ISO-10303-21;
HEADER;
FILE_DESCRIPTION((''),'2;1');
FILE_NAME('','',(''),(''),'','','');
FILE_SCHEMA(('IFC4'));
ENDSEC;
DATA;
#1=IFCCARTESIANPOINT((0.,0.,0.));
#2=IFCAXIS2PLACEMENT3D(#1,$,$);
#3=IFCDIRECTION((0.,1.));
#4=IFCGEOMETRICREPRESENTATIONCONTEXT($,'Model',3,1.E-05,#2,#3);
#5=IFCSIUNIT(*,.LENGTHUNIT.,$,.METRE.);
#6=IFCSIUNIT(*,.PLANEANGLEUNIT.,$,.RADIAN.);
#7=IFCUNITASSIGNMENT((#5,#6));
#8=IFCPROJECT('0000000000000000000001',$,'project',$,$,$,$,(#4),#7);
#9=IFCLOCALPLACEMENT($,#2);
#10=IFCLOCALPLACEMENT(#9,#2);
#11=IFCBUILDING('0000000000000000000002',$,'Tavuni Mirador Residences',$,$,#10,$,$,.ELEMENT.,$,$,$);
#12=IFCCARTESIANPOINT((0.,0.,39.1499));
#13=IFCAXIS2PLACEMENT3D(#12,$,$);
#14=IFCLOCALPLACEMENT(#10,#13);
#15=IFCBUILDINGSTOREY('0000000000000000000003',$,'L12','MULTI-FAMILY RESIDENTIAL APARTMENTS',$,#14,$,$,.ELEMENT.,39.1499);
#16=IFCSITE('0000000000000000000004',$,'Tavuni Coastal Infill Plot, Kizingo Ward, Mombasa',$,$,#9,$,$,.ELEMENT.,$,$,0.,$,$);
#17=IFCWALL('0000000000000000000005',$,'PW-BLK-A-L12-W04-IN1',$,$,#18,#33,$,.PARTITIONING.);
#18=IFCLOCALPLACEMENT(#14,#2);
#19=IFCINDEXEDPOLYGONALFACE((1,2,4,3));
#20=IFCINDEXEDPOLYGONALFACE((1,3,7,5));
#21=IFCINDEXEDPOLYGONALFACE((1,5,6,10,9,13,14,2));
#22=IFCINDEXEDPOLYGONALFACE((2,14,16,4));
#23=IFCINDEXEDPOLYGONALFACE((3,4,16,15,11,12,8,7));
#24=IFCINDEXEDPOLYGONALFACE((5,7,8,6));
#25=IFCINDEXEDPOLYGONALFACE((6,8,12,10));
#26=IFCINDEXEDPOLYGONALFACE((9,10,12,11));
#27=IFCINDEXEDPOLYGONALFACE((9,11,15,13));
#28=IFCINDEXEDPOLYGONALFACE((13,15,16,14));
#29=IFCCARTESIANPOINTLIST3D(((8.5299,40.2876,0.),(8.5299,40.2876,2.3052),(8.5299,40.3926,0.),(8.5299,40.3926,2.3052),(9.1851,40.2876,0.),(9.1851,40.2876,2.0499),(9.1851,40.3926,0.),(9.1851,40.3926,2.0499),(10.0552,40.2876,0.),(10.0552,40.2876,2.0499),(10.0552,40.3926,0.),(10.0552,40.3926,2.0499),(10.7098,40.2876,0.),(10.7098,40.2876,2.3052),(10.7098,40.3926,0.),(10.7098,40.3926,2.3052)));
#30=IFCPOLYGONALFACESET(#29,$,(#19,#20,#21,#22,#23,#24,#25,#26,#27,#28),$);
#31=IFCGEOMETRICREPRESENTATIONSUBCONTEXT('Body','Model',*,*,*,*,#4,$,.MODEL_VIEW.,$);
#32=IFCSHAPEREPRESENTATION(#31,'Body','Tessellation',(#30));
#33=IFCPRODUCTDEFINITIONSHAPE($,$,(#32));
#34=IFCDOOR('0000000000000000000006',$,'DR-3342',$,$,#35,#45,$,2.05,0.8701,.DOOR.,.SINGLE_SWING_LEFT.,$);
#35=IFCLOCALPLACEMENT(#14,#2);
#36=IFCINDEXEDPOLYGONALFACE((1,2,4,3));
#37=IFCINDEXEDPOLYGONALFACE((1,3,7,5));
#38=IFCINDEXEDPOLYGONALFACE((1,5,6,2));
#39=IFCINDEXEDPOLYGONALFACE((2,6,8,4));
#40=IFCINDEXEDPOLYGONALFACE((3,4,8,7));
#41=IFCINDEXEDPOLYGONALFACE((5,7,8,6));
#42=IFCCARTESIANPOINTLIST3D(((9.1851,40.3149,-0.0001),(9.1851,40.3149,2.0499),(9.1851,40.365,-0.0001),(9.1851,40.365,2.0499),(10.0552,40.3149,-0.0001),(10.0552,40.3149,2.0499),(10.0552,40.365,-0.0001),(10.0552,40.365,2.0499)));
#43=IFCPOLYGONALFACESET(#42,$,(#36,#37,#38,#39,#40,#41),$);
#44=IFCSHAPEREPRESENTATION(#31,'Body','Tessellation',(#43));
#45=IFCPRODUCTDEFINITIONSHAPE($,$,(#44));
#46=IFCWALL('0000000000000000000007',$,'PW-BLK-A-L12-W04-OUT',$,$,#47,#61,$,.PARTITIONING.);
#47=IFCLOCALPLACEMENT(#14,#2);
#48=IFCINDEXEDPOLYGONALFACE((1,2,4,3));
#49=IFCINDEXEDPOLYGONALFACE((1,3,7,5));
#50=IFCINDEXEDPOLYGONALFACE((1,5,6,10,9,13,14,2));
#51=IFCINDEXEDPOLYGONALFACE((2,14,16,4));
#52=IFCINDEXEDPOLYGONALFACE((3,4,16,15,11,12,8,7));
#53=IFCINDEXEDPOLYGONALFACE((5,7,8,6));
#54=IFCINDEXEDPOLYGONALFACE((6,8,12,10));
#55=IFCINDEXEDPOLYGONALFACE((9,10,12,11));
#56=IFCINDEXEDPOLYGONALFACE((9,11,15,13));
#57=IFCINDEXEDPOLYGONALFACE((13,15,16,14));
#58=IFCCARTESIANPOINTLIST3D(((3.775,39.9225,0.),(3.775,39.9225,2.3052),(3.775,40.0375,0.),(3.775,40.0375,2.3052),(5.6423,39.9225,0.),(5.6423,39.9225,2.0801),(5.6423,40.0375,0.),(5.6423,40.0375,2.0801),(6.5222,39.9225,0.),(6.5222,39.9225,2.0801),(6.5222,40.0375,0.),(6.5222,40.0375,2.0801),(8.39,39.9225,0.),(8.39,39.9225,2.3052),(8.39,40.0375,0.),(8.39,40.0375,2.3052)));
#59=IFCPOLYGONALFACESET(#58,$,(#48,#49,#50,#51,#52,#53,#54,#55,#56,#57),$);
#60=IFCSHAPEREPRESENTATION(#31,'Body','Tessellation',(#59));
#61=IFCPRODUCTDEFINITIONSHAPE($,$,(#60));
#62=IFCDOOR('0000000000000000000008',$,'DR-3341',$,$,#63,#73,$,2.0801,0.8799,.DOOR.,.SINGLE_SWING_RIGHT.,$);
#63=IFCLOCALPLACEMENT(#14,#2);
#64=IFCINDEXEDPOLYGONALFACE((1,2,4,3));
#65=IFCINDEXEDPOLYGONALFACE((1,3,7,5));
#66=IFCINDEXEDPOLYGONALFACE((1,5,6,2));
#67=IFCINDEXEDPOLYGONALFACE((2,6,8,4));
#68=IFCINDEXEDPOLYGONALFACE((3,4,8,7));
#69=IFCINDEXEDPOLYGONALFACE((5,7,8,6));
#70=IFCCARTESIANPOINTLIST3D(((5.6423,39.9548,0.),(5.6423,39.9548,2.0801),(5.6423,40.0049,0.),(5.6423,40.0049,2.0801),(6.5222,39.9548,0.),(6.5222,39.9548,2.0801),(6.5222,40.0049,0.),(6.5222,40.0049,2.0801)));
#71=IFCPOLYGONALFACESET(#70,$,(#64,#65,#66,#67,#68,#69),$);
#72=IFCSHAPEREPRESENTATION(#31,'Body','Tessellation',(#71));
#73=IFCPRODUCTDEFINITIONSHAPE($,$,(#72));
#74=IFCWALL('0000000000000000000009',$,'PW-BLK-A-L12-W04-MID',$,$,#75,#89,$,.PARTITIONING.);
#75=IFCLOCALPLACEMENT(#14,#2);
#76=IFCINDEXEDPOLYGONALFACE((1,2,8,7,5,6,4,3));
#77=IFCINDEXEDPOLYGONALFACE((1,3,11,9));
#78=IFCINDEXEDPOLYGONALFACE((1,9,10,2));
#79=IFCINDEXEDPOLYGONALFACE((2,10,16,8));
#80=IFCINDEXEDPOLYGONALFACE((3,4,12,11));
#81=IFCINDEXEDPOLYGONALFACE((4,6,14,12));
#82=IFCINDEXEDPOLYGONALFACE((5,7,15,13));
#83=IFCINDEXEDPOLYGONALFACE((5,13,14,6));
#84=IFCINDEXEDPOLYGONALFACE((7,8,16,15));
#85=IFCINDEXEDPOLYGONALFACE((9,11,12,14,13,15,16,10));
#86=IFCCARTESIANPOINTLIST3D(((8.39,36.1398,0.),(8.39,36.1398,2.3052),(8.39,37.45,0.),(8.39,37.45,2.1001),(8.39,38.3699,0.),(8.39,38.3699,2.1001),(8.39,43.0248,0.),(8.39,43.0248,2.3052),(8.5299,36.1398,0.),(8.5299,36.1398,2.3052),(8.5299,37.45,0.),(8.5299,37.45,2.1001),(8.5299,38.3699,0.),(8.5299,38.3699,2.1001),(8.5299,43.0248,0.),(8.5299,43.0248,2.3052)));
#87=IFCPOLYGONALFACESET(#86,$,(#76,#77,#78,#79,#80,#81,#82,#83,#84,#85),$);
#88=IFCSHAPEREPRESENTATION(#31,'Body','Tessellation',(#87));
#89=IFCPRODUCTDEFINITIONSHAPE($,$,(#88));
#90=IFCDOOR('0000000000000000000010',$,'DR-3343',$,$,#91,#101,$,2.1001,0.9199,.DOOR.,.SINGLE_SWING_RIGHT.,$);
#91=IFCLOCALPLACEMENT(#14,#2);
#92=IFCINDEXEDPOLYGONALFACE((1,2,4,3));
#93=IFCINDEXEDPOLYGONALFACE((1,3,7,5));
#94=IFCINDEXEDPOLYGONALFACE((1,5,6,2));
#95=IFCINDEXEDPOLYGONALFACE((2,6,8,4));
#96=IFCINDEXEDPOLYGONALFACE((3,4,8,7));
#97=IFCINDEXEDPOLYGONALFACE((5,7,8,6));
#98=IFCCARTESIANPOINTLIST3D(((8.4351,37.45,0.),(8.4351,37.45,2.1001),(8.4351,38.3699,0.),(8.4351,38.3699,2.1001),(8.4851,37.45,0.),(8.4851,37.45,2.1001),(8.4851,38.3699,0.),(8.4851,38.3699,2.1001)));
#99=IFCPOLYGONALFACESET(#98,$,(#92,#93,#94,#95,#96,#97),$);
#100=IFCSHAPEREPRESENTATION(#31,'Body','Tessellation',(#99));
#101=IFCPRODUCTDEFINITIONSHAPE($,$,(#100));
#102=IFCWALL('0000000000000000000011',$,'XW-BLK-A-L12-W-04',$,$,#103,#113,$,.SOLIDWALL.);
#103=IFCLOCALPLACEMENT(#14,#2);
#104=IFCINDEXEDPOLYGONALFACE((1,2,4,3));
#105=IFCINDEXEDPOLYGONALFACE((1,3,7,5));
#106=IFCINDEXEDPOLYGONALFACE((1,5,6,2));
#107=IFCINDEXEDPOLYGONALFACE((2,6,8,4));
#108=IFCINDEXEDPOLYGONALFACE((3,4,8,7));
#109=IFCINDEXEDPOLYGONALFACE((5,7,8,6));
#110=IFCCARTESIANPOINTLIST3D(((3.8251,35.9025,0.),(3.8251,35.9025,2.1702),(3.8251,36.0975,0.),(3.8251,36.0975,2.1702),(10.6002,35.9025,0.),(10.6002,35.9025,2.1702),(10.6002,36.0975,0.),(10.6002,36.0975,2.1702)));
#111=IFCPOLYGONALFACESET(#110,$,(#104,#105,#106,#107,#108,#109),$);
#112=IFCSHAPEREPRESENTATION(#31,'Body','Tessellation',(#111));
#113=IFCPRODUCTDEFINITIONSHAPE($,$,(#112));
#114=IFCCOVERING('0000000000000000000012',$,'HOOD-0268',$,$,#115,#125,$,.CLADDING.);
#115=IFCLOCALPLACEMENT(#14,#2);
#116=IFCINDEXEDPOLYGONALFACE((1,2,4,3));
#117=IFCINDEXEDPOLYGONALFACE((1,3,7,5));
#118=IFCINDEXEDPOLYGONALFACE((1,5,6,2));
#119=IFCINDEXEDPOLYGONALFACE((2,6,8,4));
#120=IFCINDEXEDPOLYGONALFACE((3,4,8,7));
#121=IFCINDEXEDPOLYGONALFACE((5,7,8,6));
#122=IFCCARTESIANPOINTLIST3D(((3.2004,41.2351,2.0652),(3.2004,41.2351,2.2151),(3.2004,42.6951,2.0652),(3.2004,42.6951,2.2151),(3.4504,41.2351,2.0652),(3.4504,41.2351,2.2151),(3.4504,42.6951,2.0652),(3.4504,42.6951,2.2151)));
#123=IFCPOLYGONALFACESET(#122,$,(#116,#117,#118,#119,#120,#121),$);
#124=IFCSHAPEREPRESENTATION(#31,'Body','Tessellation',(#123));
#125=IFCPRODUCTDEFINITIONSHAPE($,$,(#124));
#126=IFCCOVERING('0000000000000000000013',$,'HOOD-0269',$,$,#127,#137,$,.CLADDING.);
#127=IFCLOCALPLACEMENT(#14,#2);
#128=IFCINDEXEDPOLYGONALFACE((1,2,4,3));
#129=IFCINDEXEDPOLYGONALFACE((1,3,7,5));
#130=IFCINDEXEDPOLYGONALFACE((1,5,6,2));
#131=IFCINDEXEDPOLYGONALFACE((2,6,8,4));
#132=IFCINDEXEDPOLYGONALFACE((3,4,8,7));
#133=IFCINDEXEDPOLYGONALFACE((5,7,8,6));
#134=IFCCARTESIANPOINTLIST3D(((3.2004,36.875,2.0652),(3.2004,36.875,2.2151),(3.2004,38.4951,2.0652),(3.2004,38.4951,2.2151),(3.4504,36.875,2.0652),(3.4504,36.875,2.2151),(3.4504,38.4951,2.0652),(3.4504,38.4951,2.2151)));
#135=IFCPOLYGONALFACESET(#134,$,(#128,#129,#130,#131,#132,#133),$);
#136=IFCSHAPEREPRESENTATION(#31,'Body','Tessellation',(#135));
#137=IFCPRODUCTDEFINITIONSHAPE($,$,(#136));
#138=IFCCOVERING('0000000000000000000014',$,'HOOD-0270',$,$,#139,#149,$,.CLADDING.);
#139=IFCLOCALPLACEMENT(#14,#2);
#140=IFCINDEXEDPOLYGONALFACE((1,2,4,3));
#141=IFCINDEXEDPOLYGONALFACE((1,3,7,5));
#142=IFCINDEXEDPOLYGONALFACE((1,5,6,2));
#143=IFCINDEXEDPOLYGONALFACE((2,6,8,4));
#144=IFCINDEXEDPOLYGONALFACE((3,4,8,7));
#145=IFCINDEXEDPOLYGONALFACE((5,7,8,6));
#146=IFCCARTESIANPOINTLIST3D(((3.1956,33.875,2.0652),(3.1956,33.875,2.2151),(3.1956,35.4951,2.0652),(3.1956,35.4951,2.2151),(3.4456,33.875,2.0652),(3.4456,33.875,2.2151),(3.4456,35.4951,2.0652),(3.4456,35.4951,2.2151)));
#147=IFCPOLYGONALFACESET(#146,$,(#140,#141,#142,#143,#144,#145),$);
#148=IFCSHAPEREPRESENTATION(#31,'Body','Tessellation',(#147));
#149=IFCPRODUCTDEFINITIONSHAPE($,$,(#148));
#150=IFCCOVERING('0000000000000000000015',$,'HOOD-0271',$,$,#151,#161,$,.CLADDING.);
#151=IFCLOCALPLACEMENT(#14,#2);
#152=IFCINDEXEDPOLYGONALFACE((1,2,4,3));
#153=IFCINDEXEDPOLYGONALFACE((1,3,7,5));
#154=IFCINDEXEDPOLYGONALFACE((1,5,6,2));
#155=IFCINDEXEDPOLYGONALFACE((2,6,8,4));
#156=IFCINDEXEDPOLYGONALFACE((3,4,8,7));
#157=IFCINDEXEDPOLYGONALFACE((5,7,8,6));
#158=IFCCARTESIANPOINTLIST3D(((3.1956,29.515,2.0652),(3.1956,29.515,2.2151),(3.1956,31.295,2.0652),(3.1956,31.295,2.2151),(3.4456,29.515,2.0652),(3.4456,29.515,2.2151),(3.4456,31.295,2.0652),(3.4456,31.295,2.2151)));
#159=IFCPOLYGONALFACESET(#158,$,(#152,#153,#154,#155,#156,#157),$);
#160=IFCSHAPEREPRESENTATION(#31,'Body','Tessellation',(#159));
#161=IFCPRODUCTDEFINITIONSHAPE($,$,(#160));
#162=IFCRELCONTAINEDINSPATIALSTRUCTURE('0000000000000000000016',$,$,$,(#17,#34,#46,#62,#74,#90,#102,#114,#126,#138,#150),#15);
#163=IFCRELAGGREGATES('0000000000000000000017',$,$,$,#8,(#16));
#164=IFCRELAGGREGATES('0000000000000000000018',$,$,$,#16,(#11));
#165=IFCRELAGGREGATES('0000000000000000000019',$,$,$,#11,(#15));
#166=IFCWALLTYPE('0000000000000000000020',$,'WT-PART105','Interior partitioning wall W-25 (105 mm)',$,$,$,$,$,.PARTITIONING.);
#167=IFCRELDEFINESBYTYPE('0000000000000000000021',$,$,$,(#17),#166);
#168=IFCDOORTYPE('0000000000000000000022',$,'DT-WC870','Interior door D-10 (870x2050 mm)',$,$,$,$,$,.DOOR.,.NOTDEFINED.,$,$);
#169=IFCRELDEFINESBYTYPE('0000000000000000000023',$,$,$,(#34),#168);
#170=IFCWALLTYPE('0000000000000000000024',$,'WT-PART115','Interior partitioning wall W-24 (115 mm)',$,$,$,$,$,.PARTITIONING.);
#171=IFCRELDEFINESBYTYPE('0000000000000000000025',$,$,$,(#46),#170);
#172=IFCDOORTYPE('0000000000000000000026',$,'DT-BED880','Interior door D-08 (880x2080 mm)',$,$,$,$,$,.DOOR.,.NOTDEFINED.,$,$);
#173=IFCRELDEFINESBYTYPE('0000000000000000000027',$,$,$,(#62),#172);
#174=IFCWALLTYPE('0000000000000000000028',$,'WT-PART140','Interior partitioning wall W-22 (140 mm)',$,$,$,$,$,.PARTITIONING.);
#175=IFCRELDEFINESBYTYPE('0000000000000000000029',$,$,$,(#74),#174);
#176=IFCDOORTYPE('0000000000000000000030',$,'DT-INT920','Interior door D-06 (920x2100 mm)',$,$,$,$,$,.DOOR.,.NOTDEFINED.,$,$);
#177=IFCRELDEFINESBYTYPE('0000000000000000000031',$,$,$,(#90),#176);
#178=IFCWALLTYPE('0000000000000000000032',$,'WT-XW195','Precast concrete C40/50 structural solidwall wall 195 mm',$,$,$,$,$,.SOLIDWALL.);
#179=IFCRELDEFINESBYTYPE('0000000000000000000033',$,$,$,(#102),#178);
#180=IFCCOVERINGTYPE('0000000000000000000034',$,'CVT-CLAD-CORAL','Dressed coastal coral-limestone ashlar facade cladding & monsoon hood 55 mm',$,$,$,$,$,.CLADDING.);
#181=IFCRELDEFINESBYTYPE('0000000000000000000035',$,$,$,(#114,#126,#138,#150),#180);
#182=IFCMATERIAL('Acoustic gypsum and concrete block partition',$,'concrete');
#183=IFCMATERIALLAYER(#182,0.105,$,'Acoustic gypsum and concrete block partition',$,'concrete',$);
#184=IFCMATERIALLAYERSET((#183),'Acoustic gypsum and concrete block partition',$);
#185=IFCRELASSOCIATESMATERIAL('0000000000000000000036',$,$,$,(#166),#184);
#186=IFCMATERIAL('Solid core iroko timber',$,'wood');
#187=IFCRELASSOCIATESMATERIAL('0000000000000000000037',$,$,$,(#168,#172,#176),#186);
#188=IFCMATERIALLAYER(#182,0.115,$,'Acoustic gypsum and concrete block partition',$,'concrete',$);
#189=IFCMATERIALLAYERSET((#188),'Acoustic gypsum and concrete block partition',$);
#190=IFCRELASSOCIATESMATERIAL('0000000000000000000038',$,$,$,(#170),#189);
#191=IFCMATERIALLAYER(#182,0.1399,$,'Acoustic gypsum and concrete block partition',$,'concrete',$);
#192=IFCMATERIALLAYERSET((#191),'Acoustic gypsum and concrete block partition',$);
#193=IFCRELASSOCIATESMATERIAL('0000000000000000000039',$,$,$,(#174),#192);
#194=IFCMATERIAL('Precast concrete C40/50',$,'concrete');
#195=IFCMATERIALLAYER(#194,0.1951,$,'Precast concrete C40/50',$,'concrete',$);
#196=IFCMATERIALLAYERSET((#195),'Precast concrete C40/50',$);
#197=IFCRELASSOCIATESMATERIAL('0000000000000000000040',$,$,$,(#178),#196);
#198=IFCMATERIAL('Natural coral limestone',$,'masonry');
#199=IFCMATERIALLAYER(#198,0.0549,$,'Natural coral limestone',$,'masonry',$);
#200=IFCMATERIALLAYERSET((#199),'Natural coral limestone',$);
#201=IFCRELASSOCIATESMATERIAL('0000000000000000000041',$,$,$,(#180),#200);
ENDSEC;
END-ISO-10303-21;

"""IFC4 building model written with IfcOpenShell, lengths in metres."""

from ifc_helpers import new_model, si_unit, direction, frame, frame_2d, origin, origin_2d, place, context, subcontext, project, spatial, rectangle, extrude, material, layer, layer_set, type_object, element, fill, save


model = new_model("IFC4")

# Units and contexts
model_context = context("Model", 3, precision=1e-05, world=origin(), true_north=direction((0.0, 1.0)))
body_context = subcontext(model_context, "Body", "Model", "MODEL_VIEW")
ifc_project = project(units=[si_unit("LENGTHUNIT", "METRE"), si_unit("PLANEANGLEUNIT", "RADIAN")], contexts=[model_context])

# Site, building, storey
site_placement = place(None, origin())
site = spatial("IfcSite", under=ifc_project, at=site_placement, Name="Tavuni Coastal Infill Plot, Kizingo Ward, Mombasa", CompositionType="ELEMENT", RefElevation=0.0)
building_placement = place(site_placement, origin())
building = spatial("IfcBuilding", under=site, at=building_placement, Name="Tavuni Mirador Residences", CompositionType="ELEMENT")
storey_placement = place(building_placement, frame((0.0, 0.0, 39.1499)))
storey = spatial("IfcBuildingStorey", under=building, at=storey_placement, Name="L12", Description="MULTI-FAMILY RESIDENTIAL APARTMENTS", CompositionType="ELEMENT", Elevation=39.1499)

# Shared definitions
ifc_material_1 = material(Name="Precast concrete C40/50", Category="concrete")

# Shared definitions
ifc_material_2 = material(Name="Acoustic gypsum and concrete block partition", Category="concrete")
ifc_layer_1 = layer(ifc_material_2, 0.105, Name="Acoustic gypsum and concrete block partition", Category="concrete")
ifc_layer_set_1 = layer_set([ifc_layer_1], Name="Acoustic gypsum and concrete block partition")
wall_type_1 = type_object("IfcWallType", Name="WT-PART105", Description="Interior partitioning wall W-25 (105 mm)", PredefinedType="PARTITIONING", material=ifc_layer_set_1)

# Walls, openings, doors
wall_1_placement = place(storey_placement, frame((8.53, 40.3401, 0.0), z_axis=(0.0, 0.0, 1.0), x_axis=(1.0, 0.0, 0.0)))
wall_1 = element("IfcWall", 1, at=wall_1_placement, inside=storey, type_object=wall_type_1, Name="PW-BLK-A-L12-W04-IN1", PredefinedType="PARTITIONING", context=body_context, shape_type="SweptSolid", body=[
    extrude(rectangle(XDim=2.1799, YDim=0.105, at=frame_2d((1.0898, 0.0))), origin(), (0.0, 0.0, 1.0), 2.3052),
])
opening_1_placement = place(wall_1_placement, frame((0.655, 0.0, 0.0)))
opening_1 = element("IfcOpeningElement", 2, at=opening_1_placement, cuts=wall_1, PredefinedType="OPENING", context=body_context, shape_type="SweptSolid", body=[
    extrude(rectangle(XDim=0.8701, YDim=2.05, at=frame_2d((0.4351, 1.0249))), frame((0.0, 0.0625, 0.0), z_axis=(0.0, -1.0, 0.0), x_axis=(1.0, 0.0, 0.0)), (0.0, 0.0, 1.0), 0.125),
])
ifc_material_3 = material(Name="Solid core iroko timber", Category="wood")
door_type_1 = type_object("IfcDoorType", Name="DT-WC870", Description="Interior door D-10 (870x2050 mm)", OperationType="NOTDEFINED", PredefinedType="DOOR", material=ifc_material_3)
door_1_placement = place(opening_1_placement, origin())
door_1 = element("IfcDoor", 3, at=door_1_placement, inside=storey, type_object=door_type_1, Name="DR-3342", OperationType="SINGLE_SWING_LEFT", OverallHeight=2.05, OverallWidth=0.8701, PredefinedType="DOOR", context=body_context, shape_type="SweptSolid", body=[
    extrude(rectangle(XDim=0.8701, YDim=2.05, at=frame_2d((0.4351, 1.0249))), frame((0.0, 0.0249, 0.0), z_axis=(0.0, -1.0, 0.0), x_axis=(1.0, 0.0, 0.0)), (0.0, 0.0, 1.0), 0.05),
])
fill(opening_1, door_1)
ifc_layer_2 = layer(ifc_material_2, 0.115, Name="Acoustic gypsum and concrete block partition", Category="concrete")
ifc_layer_set_2 = layer_set([ifc_layer_2], Name="Acoustic gypsum and concrete block partition")
wall_type_2 = type_object("IfcWallType", Name="WT-PART115", Description="Interior partitioning wall W-24 (115 mm)", PredefinedType="PARTITIONING", material=ifc_layer_set_2)
wall_2_placement = place(storey_placement, frame((3.7749, 39.98, 0.0), z_axis=(0.0, 0.0, 1.0), x_axis=(1.0, 0.0, 0.0)))
wall_2 = element("IfcWall", 4, at=wall_2_placement, inside=storey, type_object=wall_type_2, Name="PW-BLK-A-L12-W04-OUT", PredefinedType="PARTITIONING", context=body_context, shape_type="SweptSolid", body=[
    extrude(rectangle(XDim=4.615, YDim=0.115, at=frame_2d((2.3076, 0.0))), origin(), (0.0, 0.0, 1.0), 2.3052),
])
opening_2_placement = place(wall_2_placement, frame((1.8674, 0.0, 0.0)))
opening_2 = element("IfcOpeningElement", 5, at=opening_2_placement, cuts=wall_2, PredefinedType="OPENING", context=body_context, shape_type="SweptSolid", body=[
    extrude(rectangle(XDim=0.8799, YDim=2.0801, at=frame_2d((0.4399, 1.04))), frame((0.0, 0.0674, 0.0), z_axis=(0.0, -1.0, 0.0), x_axis=(1.0, 0.0, 0.0)), (0.0, 0.0, 1.0), 0.135),
])
door_type_2 = type_object("IfcDoorType", Name="DT-BED880", Description="Interior door D-08 (880x2080 mm)", OperationType="NOTDEFINED", PredefinedType="DOOR", material=ifc_material_3)
door_2_placement = place(opening_2_placement, origin())
door_2 = element("IfcDoor", 6, at=door_2_placement, inside=storey, type_object=door_type_2, Name="DR-3341", OperationType="SINGLE_SWING_RIGHT", OverallHeight=2.0801, OverallWidth=0.8799, PredefinedType="DOOR", context=body_context, shape_type="SweptSolid", body=[
    extrude(rectangle(XDim=0.8799, YDim=2.0801, at=frame_2d((0.4399, 1.04))), frame((0.0, 0.0249, 0.0), z_axis=(0.0, -1.0, 0.0), x_axis=(1.0, 0.0, 0.0)), (0.0, 0.0, 1.0), 0.05),
])
fill(opening_2, door_2)
ifc_layer_3 = layer(ifc_material_2, 0.1399, Name="Acoustic gypsum and concrete block partition", Category="concrete")
ifc_layer_set_3 = layer_set([ifc_layer_3], Name="Acoustic gypsum and concrete block partition")
wall_type_3 = type_object("IfcWallType", Name="WT-PART140", Description="Interior partitioning wall W-22 (140 mm)", PredefinedType="PARTITIONING", material=ifc_layer_set_3)
wall_3_placement = place(storey_placement, frame((8.46, 36.1399, 0.0), z_axis=(0.0, 0.0, 1.0), x_axis=(0.0, 1.0, 0.0)))
wall_3 = element("IfcWall", 7, at=wall_3_placement, inside=storey, type_object=wall_type_3, Name="PW-BLK-A-L12-W04-MID", PredefinedType="PARTITIONING", context=body_context, shape_type="SweptSolid", body=[
    extrude(rectangle(XDim=6.885, YDim=0.1399, at=frame_2d((3.4424, 0.0))), origin(), (0.0, 0.0, 1.0), 2.3052),
])
opening_3_placement = place(wall_3_placement, frame((1.3101, 0.0, 0.0)))
opening_3 = element("IfcOpeningElement", 8, at=opening_3_placement, cuts=wall_3, PredefinedType="OPENING", context=body_context, shape_type="SweptSolid", body=[
    extrude(rectangle(XDim=0.9199, YDim=2.1001, at=frame_2d((0.46, 1.05))), frame((0.0, 0.0801, 0.0), z_axis=(0.0, -1.0, 0.0), x_axis=(1.0, 0.0, 0.0)), (0.0, 0.0, 1.0), 0.1599),
])
door_type_3 = type_object("IfcDoorType", Name="DT-INT920", Description="Interior door D-06 (920x2100 mm)", OperationType="NOTDEFINED", PredefinedType="DOOR", material=ifc_material_3)
door_3_placement = place(opening_3_placement, origin())
door_3 = element("IfcDoor", 9, at=door_3_placement, inside=storey, type_object=door_type_3, Name="DR-3343", OperationType="SINGLE_SWING_RIGHT", OverallHeight=2.1001, OverallWidth=0.9199, PredefinedType="DOOR", context=body_context, shape_type="SweptSolid", body=[
    extrude(rectangle(XDim=0.9199, YDim=2.1001, at=frame_2d((0.46, 1.05))), frame((0.0, 0.0249, 0.0), z_axis=(0.0, -1.0, 0.0), x_axis=(1.0, 0.0, 0.0)), (0.0, 0.0, 1.0), 0.05),
])
fill(opening_3, door_3)

# Wall
ifc_layer_4 = layer(ifc_material_1, 0.1951, Name="Precast concrete C40/50", Category="concrete")
ifc_layer_set_4 = layer_set([ifc_layer_4], Name="Precast concrete C40/50")
wall_type_4 = type_object("IfcWallType", Name="WT-XW195", Description="Precast concrete C40/50 structural solidwall wall 195 mm", PredefinedType="SOLIDWALL", material=ifc_layer_set_4)
wall_4_placement = place(storey_placement, frame((3.825, 36.0, 0.0), z_axis=(0.0, 0.0, 1.0), x_axis=(1.0, 0.0, 0.0)))
element("IfcWall", 10, at=wall_4_placement, inside=storey, type_object=wall_type_4, Name="XW-BLK-A-L12-W-04", PredefinedType="SOLIDWALL", context=body_context, shape_type="SweptSolid", body=[
    extrude(rectangle(XDim=6.7751, YDim=0.1951, at=frame_2d((3.3877, 0.0))), origin(), (0.0, 0.0, 1.0), 2.1702),
])

# Coverings
ifc_material_4 = material(Name="Natural coral limestone", Category="masonry")
ifc_layer_5 = layer(ifc_material_4, 0.0549, Name="Natural coral limestone", Category="masonry")
ifc_layer_set_5 = layer_set([ifc_layer_5], Name="Natural coral limestone")
covering_type = type_object("IfcCoveringType", Name="CVT-CLAD-CORAL", Description="Dressed coastal coral-limestone ashlar facade cladding & monsoon hood 55 mm", PredefinedType="CLADDING", material=ifc_layer_set_5)
covering_1_placement = place(storey_placement, frame((3.3254, 41.9651, 2.0652), z_axis=(0.0, 0.0, 1.0), x_axis=(0.0, -1.0, 0.0)))
element("IfcCovering", 11, at=covering_1_placement, inside=storey, type_object=covering_type, Name="HOOD-0268", PredefinedType="CLADDING", context=body_context, shape_type="SweptSolid", body=[
    extrude(rectangle(XDim=1.46, YDim=0.25, at=origin_2d()), origin(), (0.0, 0.0, 1.0), 0.1499),
])
for number, where, z_axis, x_axis, name in (
    (12, (3.3254, 37.6851, 2.0652), (0.0, 0.0, 1.0), (0.0, -1.0, 0.0), "HOOD-0269"),
    (13, (3.3206, 34.6851, 2.0652), (0.0, 0.0, 1.0), (0.0, -1.0, 0.0), "HOOD-0270"),
):
    element("IfcCovering", number, at=place(storey_placement, frame(where, z_axis=z_axis, x_axis=x_axis)), inside=storey, type_object=covering_type, Name=name, PredefinedType="CLADDING", context=body_context, shape_type="SweptSolid", body=[
        extrude(rectangle(XDim=1.6201, YDim=0.25, at=origin_2d()), origin(), (0.0, 0.0, 1.0), 0.1499),
    ])
covering_2_placement = place(storey_placement, frame((3.3206, 30.405, 2.0652), z_axis=(0.0, 0.0, 1.0), x_axis=(0.0, -1.0, 0.0)))
element("IfcCovering", 14, at=covering_2_placement, inside=storey, type_object=covering_type, Name="HOOD-0271", PredefinedType="CLADDING", context=body_context, shape_type="SweptSolid", body=[
    extrude(rectangle(XDim=1.78, YDim=0.25, at=origin_2d()), origin(), (0.0, 0.0, 1.0), 0.1499),
])

save(model, "model.ifc")
